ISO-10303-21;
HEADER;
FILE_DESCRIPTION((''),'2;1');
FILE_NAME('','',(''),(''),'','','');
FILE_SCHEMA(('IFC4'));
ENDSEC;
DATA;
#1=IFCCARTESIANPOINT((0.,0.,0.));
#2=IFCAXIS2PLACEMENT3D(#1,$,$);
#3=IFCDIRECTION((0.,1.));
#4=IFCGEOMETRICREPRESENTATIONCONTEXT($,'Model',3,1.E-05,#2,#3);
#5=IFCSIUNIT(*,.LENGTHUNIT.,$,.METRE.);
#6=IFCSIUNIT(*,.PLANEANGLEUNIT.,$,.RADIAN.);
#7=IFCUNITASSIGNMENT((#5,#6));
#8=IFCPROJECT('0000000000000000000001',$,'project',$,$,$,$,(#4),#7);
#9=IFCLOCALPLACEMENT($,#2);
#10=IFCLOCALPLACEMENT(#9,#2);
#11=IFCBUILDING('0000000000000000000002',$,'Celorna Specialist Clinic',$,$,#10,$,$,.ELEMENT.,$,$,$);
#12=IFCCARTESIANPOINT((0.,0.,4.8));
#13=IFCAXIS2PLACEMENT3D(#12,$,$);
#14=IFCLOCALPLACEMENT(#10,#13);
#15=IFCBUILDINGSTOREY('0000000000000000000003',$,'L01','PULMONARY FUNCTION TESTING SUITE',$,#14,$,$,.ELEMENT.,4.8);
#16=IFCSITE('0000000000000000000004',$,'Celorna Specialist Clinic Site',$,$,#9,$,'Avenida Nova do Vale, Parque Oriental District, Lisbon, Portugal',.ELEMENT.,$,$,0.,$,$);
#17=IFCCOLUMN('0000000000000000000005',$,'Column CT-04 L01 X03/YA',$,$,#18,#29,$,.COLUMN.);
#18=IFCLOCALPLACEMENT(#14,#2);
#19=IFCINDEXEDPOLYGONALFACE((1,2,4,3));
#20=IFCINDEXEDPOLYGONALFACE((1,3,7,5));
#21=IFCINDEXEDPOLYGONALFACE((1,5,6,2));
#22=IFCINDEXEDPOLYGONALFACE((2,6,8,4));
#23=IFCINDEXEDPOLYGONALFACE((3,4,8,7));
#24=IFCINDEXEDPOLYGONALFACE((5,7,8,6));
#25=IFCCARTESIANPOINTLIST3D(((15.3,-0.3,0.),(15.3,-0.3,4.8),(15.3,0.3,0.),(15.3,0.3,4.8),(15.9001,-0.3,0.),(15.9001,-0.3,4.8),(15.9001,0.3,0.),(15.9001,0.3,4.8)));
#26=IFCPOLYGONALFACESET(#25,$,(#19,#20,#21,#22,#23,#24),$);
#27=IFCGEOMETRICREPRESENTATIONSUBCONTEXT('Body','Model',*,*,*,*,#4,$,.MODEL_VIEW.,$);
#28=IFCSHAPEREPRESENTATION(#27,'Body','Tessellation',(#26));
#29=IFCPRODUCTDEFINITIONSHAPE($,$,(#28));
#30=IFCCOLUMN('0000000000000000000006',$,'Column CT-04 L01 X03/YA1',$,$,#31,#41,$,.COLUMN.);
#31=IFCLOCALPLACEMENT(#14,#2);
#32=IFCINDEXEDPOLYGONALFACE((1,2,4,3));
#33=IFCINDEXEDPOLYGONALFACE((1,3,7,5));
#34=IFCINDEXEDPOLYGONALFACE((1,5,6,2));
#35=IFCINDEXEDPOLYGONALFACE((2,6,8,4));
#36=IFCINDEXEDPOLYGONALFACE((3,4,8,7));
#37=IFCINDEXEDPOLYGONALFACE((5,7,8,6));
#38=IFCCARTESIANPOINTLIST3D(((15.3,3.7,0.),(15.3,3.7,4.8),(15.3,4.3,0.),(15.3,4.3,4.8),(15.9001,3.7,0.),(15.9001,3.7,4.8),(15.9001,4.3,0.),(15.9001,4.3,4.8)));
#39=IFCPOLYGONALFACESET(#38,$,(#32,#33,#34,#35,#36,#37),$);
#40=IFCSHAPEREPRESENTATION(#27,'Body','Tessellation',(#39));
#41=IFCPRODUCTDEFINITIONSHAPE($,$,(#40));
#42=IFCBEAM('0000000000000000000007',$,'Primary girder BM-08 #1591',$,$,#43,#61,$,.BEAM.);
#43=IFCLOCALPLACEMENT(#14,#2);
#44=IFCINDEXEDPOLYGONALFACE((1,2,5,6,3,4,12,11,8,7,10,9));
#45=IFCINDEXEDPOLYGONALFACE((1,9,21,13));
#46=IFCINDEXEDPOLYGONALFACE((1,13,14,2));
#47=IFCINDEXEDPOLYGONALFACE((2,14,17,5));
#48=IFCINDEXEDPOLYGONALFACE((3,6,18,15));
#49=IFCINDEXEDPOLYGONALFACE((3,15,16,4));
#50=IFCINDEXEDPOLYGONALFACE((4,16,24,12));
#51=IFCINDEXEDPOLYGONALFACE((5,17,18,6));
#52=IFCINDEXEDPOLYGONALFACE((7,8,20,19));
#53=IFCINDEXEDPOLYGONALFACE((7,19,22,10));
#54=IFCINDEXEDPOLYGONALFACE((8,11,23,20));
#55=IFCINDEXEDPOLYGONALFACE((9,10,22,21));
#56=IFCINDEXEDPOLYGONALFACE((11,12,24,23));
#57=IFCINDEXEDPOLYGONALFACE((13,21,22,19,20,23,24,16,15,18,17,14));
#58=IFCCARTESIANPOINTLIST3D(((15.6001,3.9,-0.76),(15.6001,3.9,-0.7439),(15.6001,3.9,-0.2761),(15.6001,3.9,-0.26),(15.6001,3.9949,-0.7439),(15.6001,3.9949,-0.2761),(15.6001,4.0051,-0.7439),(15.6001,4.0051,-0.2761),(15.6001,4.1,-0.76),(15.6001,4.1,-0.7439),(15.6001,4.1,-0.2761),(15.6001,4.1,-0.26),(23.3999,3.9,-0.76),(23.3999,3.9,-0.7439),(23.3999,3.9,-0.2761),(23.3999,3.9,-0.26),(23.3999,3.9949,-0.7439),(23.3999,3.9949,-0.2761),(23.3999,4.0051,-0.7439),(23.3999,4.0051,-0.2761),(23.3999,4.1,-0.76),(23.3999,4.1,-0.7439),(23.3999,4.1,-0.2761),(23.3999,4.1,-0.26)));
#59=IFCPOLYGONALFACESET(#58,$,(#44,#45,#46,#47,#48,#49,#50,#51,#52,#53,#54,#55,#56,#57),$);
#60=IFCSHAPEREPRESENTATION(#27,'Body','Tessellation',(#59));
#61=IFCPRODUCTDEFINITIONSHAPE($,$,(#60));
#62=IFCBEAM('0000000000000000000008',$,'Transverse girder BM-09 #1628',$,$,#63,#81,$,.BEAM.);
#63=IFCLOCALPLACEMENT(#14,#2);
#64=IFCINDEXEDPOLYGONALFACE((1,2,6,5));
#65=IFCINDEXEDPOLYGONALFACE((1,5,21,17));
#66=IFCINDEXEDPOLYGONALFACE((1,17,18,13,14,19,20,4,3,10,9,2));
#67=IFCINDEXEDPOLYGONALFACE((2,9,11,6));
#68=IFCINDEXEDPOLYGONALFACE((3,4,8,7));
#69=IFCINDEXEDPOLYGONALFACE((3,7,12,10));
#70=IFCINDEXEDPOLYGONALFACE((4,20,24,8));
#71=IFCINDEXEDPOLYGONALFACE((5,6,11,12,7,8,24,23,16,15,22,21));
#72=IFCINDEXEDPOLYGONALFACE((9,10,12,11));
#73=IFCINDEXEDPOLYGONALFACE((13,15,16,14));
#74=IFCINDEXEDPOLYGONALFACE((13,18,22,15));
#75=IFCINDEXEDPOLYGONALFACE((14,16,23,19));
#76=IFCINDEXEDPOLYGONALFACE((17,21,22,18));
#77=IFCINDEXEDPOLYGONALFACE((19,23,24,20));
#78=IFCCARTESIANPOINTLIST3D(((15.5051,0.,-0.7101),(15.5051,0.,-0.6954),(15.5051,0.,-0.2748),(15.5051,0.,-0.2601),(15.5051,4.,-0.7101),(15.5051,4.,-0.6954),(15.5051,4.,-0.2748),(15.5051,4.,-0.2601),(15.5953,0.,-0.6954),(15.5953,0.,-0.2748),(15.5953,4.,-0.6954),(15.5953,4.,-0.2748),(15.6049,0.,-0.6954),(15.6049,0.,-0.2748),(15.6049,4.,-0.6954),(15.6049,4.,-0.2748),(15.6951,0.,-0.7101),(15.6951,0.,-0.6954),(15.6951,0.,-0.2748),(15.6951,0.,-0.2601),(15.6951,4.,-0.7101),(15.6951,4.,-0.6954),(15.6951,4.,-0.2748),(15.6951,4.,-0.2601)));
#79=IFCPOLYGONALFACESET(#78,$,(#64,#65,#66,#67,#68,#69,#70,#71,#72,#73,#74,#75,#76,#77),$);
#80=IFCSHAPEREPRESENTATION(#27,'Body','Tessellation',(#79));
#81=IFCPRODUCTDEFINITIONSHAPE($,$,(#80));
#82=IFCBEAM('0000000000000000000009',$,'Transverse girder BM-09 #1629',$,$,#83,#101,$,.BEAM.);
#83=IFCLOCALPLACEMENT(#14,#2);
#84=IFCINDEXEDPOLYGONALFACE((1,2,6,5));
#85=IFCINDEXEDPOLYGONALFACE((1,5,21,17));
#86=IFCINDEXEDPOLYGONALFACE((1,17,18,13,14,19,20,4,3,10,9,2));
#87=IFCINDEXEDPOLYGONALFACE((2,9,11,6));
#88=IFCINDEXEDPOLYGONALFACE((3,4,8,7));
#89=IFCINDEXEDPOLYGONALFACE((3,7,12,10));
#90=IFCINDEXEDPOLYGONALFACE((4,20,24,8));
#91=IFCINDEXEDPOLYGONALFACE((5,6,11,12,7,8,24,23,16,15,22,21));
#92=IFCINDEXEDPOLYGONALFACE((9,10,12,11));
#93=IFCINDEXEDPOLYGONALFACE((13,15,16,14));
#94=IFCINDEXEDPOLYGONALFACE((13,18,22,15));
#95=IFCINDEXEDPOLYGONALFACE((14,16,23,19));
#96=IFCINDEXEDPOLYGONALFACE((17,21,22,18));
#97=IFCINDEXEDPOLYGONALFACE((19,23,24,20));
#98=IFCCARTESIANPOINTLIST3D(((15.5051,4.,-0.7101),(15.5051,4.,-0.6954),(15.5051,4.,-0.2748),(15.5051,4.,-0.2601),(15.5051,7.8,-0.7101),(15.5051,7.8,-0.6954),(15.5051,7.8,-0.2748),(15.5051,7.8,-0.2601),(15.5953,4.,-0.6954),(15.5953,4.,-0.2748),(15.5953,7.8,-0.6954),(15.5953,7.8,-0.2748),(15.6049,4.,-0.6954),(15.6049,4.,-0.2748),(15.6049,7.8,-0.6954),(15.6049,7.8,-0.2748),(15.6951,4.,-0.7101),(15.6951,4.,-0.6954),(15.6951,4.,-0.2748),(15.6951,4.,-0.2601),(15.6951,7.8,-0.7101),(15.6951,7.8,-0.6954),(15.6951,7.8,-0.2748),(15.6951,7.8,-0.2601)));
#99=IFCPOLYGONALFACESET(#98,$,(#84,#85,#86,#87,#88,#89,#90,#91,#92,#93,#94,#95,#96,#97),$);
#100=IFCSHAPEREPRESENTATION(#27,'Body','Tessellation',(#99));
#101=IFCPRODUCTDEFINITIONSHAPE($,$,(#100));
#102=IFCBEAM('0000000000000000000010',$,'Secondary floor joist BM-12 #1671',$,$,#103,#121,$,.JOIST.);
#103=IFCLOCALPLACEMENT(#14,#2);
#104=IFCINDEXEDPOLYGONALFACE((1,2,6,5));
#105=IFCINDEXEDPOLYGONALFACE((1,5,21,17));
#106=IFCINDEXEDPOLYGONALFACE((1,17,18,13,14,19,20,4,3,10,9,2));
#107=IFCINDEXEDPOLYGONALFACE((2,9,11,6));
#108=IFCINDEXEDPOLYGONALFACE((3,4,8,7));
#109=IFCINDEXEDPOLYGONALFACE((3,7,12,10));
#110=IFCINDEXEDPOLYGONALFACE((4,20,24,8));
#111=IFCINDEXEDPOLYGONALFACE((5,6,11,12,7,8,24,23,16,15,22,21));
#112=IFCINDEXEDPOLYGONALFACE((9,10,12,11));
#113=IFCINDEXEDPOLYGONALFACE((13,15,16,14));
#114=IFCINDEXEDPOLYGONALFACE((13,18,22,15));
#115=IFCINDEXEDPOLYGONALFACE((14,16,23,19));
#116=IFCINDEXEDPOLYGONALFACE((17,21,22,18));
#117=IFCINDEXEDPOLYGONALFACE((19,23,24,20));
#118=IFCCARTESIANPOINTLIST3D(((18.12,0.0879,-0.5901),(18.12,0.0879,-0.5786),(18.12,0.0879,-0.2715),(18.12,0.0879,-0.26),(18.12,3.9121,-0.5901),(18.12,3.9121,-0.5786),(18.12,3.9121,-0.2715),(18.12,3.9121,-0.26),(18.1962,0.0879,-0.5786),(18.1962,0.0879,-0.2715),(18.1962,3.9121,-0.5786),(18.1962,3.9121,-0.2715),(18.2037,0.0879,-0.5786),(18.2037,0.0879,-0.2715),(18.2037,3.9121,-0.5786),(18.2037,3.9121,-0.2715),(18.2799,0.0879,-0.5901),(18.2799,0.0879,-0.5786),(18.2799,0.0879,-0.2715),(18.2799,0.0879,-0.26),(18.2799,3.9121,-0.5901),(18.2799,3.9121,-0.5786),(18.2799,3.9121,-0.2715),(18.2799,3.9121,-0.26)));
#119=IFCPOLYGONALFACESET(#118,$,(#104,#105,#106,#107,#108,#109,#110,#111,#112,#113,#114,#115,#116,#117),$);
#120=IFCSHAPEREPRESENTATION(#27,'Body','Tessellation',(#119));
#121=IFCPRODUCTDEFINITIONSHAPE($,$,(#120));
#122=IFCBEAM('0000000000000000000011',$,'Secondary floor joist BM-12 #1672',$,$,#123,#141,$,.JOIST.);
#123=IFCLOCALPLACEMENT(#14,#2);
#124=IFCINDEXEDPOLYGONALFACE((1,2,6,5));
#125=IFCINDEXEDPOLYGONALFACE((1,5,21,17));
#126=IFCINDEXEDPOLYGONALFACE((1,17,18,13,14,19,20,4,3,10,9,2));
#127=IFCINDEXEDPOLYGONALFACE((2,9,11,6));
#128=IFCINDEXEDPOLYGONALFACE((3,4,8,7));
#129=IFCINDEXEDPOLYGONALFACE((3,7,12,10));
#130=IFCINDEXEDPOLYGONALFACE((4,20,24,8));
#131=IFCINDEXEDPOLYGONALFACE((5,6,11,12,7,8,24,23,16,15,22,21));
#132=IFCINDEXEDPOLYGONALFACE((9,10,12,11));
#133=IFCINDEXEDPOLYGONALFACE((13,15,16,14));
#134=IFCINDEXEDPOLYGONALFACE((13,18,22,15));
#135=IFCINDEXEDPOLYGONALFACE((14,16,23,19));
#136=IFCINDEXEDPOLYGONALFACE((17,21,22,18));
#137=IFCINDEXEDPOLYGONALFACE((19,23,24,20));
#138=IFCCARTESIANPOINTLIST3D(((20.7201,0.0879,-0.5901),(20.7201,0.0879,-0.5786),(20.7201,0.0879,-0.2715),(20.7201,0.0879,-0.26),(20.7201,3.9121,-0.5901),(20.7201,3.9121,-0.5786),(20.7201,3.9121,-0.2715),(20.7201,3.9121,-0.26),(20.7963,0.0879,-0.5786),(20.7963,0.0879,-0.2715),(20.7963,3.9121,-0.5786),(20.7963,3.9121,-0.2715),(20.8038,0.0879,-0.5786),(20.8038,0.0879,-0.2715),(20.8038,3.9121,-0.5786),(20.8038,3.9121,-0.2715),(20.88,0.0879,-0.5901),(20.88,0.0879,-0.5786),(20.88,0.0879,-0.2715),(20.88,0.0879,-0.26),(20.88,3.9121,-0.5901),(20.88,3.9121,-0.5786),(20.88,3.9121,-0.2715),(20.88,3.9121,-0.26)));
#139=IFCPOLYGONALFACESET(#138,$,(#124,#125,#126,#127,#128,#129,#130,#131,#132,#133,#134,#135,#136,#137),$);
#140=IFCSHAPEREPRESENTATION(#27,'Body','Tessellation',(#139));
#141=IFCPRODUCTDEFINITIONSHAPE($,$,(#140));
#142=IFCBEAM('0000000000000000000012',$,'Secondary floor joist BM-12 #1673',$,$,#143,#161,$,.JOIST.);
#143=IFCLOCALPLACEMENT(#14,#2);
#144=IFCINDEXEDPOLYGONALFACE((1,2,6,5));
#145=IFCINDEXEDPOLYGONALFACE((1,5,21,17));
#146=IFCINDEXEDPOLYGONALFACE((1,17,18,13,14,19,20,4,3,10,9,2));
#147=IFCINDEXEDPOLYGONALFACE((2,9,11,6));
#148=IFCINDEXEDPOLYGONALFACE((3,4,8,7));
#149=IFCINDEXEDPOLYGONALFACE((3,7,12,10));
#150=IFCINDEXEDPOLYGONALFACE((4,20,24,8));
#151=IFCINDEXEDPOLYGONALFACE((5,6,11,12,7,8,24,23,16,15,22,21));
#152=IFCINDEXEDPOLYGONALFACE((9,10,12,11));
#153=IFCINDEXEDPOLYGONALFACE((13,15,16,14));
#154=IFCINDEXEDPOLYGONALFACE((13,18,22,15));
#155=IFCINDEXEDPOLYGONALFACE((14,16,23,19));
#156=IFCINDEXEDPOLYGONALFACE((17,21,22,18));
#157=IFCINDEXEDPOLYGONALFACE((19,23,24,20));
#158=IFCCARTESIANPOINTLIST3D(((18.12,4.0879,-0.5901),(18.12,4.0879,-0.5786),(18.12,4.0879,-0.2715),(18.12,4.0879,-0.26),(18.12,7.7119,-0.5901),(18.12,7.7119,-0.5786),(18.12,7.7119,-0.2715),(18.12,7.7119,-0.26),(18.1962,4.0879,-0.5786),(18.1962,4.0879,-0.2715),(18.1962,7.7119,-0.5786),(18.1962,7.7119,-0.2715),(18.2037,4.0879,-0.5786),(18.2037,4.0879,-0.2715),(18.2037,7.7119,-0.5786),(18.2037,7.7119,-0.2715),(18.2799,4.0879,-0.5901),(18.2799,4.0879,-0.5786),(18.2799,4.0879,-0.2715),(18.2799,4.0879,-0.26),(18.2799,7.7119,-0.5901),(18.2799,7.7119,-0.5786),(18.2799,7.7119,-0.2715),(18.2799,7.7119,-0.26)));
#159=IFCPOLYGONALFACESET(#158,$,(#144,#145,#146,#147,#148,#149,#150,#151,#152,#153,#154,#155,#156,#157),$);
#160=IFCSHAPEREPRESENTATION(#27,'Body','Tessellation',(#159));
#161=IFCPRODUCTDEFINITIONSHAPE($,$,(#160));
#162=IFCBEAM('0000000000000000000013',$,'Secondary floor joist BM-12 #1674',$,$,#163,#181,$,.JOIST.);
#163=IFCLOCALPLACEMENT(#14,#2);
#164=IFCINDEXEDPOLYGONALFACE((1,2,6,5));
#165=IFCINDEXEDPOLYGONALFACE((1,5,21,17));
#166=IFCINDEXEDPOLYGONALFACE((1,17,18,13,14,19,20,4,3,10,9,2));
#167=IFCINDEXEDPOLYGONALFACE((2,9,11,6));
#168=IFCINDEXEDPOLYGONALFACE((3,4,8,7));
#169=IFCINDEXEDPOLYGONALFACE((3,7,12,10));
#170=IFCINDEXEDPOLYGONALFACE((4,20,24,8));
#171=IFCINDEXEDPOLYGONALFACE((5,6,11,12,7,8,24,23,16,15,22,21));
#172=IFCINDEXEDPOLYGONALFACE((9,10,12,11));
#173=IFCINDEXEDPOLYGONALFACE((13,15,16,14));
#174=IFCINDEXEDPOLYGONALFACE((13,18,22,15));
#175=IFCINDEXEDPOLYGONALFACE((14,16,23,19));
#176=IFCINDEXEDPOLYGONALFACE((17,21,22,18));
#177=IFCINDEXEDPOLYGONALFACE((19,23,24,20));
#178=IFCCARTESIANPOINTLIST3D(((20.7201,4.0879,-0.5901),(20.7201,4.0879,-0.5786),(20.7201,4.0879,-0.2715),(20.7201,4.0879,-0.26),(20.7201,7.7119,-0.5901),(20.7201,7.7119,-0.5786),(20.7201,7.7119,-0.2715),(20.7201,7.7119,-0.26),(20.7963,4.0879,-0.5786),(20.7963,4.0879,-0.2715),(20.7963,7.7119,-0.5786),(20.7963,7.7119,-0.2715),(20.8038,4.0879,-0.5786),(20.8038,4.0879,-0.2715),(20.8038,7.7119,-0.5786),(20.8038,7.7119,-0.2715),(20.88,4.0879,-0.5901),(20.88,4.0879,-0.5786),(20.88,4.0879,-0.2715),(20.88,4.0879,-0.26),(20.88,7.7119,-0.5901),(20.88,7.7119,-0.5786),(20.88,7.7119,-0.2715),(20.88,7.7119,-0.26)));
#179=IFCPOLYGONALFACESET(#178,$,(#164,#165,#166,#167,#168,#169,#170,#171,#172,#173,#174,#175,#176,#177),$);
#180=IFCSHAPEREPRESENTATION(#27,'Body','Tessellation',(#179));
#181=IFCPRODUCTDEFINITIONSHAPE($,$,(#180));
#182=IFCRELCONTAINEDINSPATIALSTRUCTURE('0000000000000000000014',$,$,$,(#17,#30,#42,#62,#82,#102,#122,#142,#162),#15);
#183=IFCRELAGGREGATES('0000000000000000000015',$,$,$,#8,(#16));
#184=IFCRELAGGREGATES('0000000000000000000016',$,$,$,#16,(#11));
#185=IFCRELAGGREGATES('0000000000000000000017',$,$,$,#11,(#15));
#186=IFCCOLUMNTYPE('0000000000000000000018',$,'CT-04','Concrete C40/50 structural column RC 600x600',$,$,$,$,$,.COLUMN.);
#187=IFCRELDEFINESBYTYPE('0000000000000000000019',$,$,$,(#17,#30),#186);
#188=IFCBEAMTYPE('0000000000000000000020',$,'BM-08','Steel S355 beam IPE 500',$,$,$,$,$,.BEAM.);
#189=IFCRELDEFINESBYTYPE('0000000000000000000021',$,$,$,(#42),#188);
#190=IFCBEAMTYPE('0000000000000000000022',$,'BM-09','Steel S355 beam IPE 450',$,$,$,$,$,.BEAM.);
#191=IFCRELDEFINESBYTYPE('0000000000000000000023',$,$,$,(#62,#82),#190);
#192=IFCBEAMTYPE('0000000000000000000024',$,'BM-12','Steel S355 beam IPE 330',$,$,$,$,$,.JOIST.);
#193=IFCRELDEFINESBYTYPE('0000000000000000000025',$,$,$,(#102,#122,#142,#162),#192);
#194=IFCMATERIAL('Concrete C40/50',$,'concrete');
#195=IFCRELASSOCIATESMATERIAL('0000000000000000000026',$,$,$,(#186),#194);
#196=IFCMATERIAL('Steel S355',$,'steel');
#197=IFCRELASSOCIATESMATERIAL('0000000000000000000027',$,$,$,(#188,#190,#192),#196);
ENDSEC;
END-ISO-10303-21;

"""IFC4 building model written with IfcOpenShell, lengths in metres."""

from ifc_helpers import new_model, si_unit, direction, frame, origin, origin_2d, place, context, subcontext, project, spatial, rectangle, i_section, extrude, material, material_profile, profile_set, type_object, element, save


model = new_model("IFC4")

# Units and contexts
model_context = context("Model", 3, precision=1e-05, world=origin(), true_north=direction((0.0, 1.0)))
body_context = subcontext(model_context, "Body", "Model", "MODEL_VIEW")
ifc_project = project(units=[si_unit("LENGTHUNIT", "METRE"), si_unit("PLANEANGLEUNIT", "RADIAN")], contexts=[model_context])

# Site, building, storey
site_placement = place(None, origin())
site = spatial("IfcSite", under=ifc_project, at=site_placement, Name="Celorna Specialist Clinic Site", LongName="Avenida Nova do Vale, Parque Oriental District, Lisbon, Portugal", CompositionType="ELEMENT", RefElevation=0.0)
building_placement = place(site_placement, origin())
building = spatial("IfcBuilding", under=site, at=building_placement, Name="Celorna Specialist Clinic", CompositionType="ELEMENT")
storey_placement = place(building_placement, frame((0.0, 0.0, 4.8)))
storey = spatial("IfcBuildingStorey", under=building, at=storey_placement, Name="L01", Description="PULMONARY FUNCTION TESTING SUITE", CompositionType="ELEMENT", Elevation=4.8)

# Columns
ifc_material_1 = material(Name="Concrete C40/50", Category="concrete")
ifc_material_profile_1 = material_profile(ifc_material_1, rectangle(XDim=0.6001, YDim=0.6001, at=origin_2d()), Name="RC 600x600")
ifc_profile_set_1 = profile_set([ifc_material_profile_1], Name="Concrete C40/50")
column_type = type_object("IfcColumnType", Name="CT-04", Description="Concrete C40/50 structural column RC 600x600", PredefinedType="COLUMN", material=ifc_profile_set_1)
for number, where, z_axis, x_axis, name in (
    (1, (15.6001, 0.0, 0.0), (0.0, 0.0, 1.0), (1.0, 0.0, 0.0), "Column CT-04 L01 X03/YA"),
    (2, (15.6001, 4.0, 0.0), (0.0, 0.0, 1.0), (1.0, 0.0, 0.0), "Column CT-04 L01 X03/YA1"),
):
    element("IfcColumn", number, at=place(storey_placement, frame(where, z_axis=z_axis, x_axis=x_axis)), inside=storey, type_object=column_type, Name=name, PredefinedType="COLUMN", context=body_context, shape_type="SweptSolid", body=[
        extrude(rectangle(XDim=0.6001, YDim=0.6001, at=origin_2d()), origin(), (0.0, 0.0, 1.0), 4.8),
    ])

# Beams
ifc_material_2 = material(Name="Steel S355", Category="steel")
ifc_material_profile_2 = material_profile(ifc_material_2, i_section(OverallWidth=0.2, OverallDepth=0.5, WebThickness=0.0103, FlangeThickness=0.0161, at=origin_2d()), Name="IPE 500")
ifc_profile_set_2 = profile_set([ifc_material_profile_2], Name="Steel S355")
beam_type_1 = type_object("IfcBeamType", Name="BM-08", Description="Steel S355 beam IPE 500", PredefinedType="BEAM", material=ifc_profile_set_2)
beam_1_placement = place(storey_placement, frame((15.6001, 4.0, -0.51), z_axis=(1.0, 0.0, 0.0), x_axis=(0.0, 1.0, 0.0)))
element("IfcBeam", 3, at=beam_1_placement, inside=storey, type_object=beam_type_1, Name="Primary girder BM-08 #1591", PredefinedType="BEAM", context=body_context, shape_type="SweptSolid", body=[
    extrude(i_section(OverallWidth=0.2, OverallDepth=0.5, WebThickness=0.0103, FlangeThickness=0.0161, at=origin_2d()), origin(), (0.0, 0.0, 1.0), 7.7998),
])
ifc_material_profile_3 = material_profile(ifc_material_2, i_section(OverallWidth=0.1899, OverallDepth=0.45, WebThickness=0.0095, FlangeThickness=0.0146, at=origin_2d()), Name="IPE 450")
ifc_profile_set_3 = profile_set([ifc_material_profile_3], Name="Steel S355")
beam_type_2 = type_object("IfcBeamType", Name="BM-09", Description="Steel S355 beam IPE 450", PredefinedType="BEAM", material=ifc_profile_set_3)
beam_2_placement = place(storey_placement, frame((15.6001, 0.0, -0.4851), z_axis=(0.0, 1.0, 0.0), x_axis=(-1.0, 0.0, 0.0)))
element("IfcBeam", 4, at=beam_2_placement, inside=storey, type_object=beam_type_2, Name="Transverse girder BM-09 #1628", PredefinedType="BEAM", context=body_context, shape_type="SweptSolid", body=[
    extrude(i_section(OverallWidth=0.1899, OverallDepth=0.45, WebThickness=0.0095, FlangeThickness=0.0146, at=origin_2d()), origin(), (0.0, 0.0, 1.0), 4.0),
])
beam_3_placement = place(storey_placement, frame((15.6001, 4.0, -0.4851), z_axis=(0.0, 1.0, 0.0), x_axis=(-1.0, 0.0, 0.0)))
element("IfcBeam", 5, at=beam_3_placement, inside=storey, type_object=beam_type_2, Name="Transverse girder BM-09 #1629", PredefinedType="BEAM", context=body_context, shape_type="SweptSolid", body=[
    extrude(i_section(OverallWidth=0.1899, OverallDepth=0.45, WebThickness=0.0095, FlangeThickness=0.0146, at=origin_2d()), origin(), (0.0, 0.0, 1.0), 3.8),
])
ifc_material_profile_4 = material_profile(ifc_material_2, i_section(OverallWidth=0.1599, OverallDepth=0.3301, WebThickness=0.0076, FlangeThickness=0.0115, at=origin_2d()), Name="IPE 330")
ifc_profile_set_4 = profile_set([ifc_material_profile_4], Name="Steel S355")
beam_type_3 = type_object("IfcBeamType", Name="BM-12", Description="Steel S355 beam IPE 330", PredefinedType="JOIST", material=ifc_profile_set_4)
for number, where, z_axis, x_axis, name in (
    (6, (18.2, 0.0879, -0.425), (0.0, 1.0, 0.0), (-1.0, 0.0, 0.0), "Secondary floor joist BM-12 #1671"),
    (7, (20.8, 0.0879, -0.425), (0.0, 1.0, 0.0), (-1.0, 0.0, 0.0), "Secondary floor joist BM-12 #1672"),
):
    element("IfcBeam", number, at=place(storey_placement, frame(where, z_axis=z_axis, x_axis=x_axis)), inside=storey, type_object=beam_type_3, Name=name, PredefinedType="JOIST", context=body_context, shape_type="SweptSolid", body=[
        extrude(i_section(OverallWidth=0.1599, OverallDepth=0.3301, WebThickness=0.0076, FlangeThickness=0.0115, at=origin_2d()), origin(), (0.0, 0.0, 1.0), 3.8242),
    ])
for number, where, z_axis, x_axis, name in (
    (8, (18.2, 4.0879, -0.425), (0.0, 1.0, 0.0), (-1.0, 0.0, 0.0), "Secondary floor joist BM-12 #1673"),
    (9, (20.8, 4.0879, -0.425), (0.0, 1.0, 0.0), (-1.0, 0.0, 0.0), "Secondary floor joist BM-12 #1674"),
):
    element("IfcBeam", number, at=place(storey_placement, frame(where, z_axis=z_axis, x_axis=x_axis)), inside=storey, type_object=beam_type_3, Name=name, PredefinedType="JOIST", context=body_context, shape_type="SweptSolid", body=[
        extrude(i_section(OverallWidth=0.1599, OverallDepth=0.3301, WebThickness=0.0076, FlangeThickness=0.0115, at=origin_2d()), origin(), (0.0, 0.0, 1.0), 3.624),
    ])

save(model, "model.ifc")
